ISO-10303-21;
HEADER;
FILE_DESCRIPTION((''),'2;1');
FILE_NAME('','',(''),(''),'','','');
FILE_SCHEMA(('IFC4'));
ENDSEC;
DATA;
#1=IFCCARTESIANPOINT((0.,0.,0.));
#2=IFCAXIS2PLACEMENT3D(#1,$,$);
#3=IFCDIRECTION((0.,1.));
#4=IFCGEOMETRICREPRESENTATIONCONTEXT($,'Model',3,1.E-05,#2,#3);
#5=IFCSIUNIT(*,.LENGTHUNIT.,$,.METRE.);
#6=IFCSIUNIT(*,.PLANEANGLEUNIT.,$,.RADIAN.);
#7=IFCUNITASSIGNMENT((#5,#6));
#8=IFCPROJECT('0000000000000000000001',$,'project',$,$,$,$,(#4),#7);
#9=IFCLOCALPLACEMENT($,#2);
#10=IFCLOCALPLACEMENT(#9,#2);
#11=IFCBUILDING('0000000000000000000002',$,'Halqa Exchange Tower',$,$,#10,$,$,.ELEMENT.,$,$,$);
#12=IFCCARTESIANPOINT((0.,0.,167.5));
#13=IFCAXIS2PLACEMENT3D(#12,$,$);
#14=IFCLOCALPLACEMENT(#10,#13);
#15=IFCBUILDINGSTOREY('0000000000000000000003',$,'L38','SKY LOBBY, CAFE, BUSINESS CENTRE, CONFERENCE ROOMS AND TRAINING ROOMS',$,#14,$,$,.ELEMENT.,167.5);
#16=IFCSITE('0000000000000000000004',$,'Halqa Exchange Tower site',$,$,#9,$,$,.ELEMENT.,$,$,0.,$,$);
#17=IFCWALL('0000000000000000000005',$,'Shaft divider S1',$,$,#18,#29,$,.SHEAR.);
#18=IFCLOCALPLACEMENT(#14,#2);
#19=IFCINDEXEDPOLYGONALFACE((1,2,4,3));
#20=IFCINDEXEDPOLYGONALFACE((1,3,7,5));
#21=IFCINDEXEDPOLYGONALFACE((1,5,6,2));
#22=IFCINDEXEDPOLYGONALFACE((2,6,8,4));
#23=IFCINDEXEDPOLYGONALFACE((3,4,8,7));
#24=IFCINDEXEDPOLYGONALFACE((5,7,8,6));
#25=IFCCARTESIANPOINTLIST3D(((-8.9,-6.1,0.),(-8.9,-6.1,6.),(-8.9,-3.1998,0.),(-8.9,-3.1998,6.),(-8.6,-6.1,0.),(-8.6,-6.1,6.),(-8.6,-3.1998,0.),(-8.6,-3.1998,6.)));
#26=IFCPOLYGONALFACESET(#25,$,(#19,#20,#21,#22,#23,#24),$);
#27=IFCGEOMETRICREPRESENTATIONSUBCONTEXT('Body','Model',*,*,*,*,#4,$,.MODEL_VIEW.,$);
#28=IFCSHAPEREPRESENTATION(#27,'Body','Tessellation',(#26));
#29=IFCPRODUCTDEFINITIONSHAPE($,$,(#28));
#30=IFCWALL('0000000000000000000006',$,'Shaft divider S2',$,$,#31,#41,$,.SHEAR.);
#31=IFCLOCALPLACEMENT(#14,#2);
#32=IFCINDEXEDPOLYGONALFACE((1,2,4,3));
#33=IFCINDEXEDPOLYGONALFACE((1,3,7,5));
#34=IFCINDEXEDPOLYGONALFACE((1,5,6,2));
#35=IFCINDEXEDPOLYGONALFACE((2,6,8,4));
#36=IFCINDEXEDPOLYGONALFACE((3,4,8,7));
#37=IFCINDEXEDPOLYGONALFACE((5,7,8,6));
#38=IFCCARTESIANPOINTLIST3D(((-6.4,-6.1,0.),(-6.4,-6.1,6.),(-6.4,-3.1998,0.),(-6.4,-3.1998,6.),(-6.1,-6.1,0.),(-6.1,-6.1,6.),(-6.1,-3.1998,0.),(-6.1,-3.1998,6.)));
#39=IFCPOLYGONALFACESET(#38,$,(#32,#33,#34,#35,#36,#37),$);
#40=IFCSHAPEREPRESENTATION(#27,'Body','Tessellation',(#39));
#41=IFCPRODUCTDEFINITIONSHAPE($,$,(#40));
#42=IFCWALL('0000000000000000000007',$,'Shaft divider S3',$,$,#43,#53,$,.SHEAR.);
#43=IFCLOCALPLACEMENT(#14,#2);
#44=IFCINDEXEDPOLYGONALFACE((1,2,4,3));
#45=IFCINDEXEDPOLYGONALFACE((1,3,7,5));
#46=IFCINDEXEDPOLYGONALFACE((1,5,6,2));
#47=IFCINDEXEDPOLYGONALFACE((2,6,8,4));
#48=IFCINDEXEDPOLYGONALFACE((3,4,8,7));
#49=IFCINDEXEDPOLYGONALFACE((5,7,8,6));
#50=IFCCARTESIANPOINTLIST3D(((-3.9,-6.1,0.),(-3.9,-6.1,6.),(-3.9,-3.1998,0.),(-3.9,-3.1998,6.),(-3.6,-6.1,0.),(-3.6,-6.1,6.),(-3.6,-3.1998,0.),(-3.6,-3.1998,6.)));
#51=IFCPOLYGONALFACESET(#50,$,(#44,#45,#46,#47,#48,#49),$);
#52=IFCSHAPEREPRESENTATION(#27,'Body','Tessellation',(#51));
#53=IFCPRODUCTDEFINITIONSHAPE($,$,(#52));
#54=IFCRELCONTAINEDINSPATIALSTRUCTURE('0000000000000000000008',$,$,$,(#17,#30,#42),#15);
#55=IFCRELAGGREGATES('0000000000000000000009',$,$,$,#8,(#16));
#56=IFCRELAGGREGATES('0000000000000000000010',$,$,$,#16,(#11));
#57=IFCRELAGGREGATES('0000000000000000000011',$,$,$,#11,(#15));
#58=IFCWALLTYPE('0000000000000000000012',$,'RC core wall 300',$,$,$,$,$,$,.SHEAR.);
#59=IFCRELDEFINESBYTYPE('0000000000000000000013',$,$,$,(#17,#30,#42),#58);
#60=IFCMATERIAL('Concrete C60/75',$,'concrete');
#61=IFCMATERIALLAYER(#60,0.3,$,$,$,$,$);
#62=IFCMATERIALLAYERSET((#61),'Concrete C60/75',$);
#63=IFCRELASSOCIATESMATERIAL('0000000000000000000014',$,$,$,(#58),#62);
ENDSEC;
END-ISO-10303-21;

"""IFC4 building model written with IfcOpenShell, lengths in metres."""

from ifc_helpers import new_model, si_unit, direction, frame, frame_2d, origin, place, context, subcontext, project, spatial, rectangle, extrude, material, layer, layer_set, type_object, element, save


model = new_model("IFC4")

# Units and contexts
model_context = context("Model", 3, precision=1e-05, world=origin(), true_north=direction((0.0, 1.0)))
body_context = subcontext(model_context, "Body", "Model", "MODEL_VIEW")
ifc_project = project(units=[si_unit("LENGTHUNIT", "METRE"), si_unit("PLANEANGLEUNIT", "RADIAN")], contexts=[model_context])

# Site, building, storey
site_placement = place(None, origin())
site = spatial("IfcSite", under=ifc_project, at=site_placement, Name="Halqa Exchange Tower site", CompositionType="ELEMENT", RefElevation=0.0)
building_placement = place(site_placement, origin())
building = spatial("IfcBuilding", under=site, at=building_placement, Name="Halqa Exchange Tower", CompositionType="ELEMENT")
storey_placement = place(building_placement, frame((0.0, 0.0, 167.5)))
storey = spatial("IfcBuildingStorey", under=building, at=storey_placement, Name="L38", Description="SKY LOBBY, CAFE, BUSINESS CENTRE, CONFERENCE ROOMS AND TRAINING ROOMS", CompositionType="ELEMENT", Elevation=167.5)

# Walls
ifc_material_1 = material(Name="Concrete C60/75", Category="concrete")
ifc_layer_1 = layer(ifc_material_1, 0.3)
ifc_layer_set_1 = layer_set([ifc_layer_1], Name="Concrete C60/75")
wall_type_1 = type_object("IfcWallType", Name="RC core wall 300", PredefinedType="SHEAR", material=ifc_layer_set_1)
for number, where, z_axis, x_axis, name in (
    (1, (-8.75, -6.1001, 0.0), (0.0, 0.0, 1.0), (0.0, 1.0, 0.0), "Shaft divider S1"),
    (2, (-6.25, -6.1001, 0.0), (0.0, 0.0, 1.0), (0.0, 1.0, 0.0), "Shaft divider S2"),
    (3, (-3.75, -6.1001, 0.0), (0.0, 0.0, 1.0), (0.0, 1.0, 0.0), "Shaft divider S3"),
):
    element("IfcWall", number, at=place(storey_placement, frame(where, z_axis=z_axis, x_axis=x_axis)), inside=storey, type_object=wall_type_1, Name=name, PredefinedType="SHEAR", context=body_context, shape_type="SweptSolid", body=[
        extrude(rectangle(XDim=2.9001, YDim=0.3, at=frame_2d((1.4502, 0.0))), origin(), (0.0, 0.0, 1.0), 6.0),
    ])

save(model, "model.ifc")
